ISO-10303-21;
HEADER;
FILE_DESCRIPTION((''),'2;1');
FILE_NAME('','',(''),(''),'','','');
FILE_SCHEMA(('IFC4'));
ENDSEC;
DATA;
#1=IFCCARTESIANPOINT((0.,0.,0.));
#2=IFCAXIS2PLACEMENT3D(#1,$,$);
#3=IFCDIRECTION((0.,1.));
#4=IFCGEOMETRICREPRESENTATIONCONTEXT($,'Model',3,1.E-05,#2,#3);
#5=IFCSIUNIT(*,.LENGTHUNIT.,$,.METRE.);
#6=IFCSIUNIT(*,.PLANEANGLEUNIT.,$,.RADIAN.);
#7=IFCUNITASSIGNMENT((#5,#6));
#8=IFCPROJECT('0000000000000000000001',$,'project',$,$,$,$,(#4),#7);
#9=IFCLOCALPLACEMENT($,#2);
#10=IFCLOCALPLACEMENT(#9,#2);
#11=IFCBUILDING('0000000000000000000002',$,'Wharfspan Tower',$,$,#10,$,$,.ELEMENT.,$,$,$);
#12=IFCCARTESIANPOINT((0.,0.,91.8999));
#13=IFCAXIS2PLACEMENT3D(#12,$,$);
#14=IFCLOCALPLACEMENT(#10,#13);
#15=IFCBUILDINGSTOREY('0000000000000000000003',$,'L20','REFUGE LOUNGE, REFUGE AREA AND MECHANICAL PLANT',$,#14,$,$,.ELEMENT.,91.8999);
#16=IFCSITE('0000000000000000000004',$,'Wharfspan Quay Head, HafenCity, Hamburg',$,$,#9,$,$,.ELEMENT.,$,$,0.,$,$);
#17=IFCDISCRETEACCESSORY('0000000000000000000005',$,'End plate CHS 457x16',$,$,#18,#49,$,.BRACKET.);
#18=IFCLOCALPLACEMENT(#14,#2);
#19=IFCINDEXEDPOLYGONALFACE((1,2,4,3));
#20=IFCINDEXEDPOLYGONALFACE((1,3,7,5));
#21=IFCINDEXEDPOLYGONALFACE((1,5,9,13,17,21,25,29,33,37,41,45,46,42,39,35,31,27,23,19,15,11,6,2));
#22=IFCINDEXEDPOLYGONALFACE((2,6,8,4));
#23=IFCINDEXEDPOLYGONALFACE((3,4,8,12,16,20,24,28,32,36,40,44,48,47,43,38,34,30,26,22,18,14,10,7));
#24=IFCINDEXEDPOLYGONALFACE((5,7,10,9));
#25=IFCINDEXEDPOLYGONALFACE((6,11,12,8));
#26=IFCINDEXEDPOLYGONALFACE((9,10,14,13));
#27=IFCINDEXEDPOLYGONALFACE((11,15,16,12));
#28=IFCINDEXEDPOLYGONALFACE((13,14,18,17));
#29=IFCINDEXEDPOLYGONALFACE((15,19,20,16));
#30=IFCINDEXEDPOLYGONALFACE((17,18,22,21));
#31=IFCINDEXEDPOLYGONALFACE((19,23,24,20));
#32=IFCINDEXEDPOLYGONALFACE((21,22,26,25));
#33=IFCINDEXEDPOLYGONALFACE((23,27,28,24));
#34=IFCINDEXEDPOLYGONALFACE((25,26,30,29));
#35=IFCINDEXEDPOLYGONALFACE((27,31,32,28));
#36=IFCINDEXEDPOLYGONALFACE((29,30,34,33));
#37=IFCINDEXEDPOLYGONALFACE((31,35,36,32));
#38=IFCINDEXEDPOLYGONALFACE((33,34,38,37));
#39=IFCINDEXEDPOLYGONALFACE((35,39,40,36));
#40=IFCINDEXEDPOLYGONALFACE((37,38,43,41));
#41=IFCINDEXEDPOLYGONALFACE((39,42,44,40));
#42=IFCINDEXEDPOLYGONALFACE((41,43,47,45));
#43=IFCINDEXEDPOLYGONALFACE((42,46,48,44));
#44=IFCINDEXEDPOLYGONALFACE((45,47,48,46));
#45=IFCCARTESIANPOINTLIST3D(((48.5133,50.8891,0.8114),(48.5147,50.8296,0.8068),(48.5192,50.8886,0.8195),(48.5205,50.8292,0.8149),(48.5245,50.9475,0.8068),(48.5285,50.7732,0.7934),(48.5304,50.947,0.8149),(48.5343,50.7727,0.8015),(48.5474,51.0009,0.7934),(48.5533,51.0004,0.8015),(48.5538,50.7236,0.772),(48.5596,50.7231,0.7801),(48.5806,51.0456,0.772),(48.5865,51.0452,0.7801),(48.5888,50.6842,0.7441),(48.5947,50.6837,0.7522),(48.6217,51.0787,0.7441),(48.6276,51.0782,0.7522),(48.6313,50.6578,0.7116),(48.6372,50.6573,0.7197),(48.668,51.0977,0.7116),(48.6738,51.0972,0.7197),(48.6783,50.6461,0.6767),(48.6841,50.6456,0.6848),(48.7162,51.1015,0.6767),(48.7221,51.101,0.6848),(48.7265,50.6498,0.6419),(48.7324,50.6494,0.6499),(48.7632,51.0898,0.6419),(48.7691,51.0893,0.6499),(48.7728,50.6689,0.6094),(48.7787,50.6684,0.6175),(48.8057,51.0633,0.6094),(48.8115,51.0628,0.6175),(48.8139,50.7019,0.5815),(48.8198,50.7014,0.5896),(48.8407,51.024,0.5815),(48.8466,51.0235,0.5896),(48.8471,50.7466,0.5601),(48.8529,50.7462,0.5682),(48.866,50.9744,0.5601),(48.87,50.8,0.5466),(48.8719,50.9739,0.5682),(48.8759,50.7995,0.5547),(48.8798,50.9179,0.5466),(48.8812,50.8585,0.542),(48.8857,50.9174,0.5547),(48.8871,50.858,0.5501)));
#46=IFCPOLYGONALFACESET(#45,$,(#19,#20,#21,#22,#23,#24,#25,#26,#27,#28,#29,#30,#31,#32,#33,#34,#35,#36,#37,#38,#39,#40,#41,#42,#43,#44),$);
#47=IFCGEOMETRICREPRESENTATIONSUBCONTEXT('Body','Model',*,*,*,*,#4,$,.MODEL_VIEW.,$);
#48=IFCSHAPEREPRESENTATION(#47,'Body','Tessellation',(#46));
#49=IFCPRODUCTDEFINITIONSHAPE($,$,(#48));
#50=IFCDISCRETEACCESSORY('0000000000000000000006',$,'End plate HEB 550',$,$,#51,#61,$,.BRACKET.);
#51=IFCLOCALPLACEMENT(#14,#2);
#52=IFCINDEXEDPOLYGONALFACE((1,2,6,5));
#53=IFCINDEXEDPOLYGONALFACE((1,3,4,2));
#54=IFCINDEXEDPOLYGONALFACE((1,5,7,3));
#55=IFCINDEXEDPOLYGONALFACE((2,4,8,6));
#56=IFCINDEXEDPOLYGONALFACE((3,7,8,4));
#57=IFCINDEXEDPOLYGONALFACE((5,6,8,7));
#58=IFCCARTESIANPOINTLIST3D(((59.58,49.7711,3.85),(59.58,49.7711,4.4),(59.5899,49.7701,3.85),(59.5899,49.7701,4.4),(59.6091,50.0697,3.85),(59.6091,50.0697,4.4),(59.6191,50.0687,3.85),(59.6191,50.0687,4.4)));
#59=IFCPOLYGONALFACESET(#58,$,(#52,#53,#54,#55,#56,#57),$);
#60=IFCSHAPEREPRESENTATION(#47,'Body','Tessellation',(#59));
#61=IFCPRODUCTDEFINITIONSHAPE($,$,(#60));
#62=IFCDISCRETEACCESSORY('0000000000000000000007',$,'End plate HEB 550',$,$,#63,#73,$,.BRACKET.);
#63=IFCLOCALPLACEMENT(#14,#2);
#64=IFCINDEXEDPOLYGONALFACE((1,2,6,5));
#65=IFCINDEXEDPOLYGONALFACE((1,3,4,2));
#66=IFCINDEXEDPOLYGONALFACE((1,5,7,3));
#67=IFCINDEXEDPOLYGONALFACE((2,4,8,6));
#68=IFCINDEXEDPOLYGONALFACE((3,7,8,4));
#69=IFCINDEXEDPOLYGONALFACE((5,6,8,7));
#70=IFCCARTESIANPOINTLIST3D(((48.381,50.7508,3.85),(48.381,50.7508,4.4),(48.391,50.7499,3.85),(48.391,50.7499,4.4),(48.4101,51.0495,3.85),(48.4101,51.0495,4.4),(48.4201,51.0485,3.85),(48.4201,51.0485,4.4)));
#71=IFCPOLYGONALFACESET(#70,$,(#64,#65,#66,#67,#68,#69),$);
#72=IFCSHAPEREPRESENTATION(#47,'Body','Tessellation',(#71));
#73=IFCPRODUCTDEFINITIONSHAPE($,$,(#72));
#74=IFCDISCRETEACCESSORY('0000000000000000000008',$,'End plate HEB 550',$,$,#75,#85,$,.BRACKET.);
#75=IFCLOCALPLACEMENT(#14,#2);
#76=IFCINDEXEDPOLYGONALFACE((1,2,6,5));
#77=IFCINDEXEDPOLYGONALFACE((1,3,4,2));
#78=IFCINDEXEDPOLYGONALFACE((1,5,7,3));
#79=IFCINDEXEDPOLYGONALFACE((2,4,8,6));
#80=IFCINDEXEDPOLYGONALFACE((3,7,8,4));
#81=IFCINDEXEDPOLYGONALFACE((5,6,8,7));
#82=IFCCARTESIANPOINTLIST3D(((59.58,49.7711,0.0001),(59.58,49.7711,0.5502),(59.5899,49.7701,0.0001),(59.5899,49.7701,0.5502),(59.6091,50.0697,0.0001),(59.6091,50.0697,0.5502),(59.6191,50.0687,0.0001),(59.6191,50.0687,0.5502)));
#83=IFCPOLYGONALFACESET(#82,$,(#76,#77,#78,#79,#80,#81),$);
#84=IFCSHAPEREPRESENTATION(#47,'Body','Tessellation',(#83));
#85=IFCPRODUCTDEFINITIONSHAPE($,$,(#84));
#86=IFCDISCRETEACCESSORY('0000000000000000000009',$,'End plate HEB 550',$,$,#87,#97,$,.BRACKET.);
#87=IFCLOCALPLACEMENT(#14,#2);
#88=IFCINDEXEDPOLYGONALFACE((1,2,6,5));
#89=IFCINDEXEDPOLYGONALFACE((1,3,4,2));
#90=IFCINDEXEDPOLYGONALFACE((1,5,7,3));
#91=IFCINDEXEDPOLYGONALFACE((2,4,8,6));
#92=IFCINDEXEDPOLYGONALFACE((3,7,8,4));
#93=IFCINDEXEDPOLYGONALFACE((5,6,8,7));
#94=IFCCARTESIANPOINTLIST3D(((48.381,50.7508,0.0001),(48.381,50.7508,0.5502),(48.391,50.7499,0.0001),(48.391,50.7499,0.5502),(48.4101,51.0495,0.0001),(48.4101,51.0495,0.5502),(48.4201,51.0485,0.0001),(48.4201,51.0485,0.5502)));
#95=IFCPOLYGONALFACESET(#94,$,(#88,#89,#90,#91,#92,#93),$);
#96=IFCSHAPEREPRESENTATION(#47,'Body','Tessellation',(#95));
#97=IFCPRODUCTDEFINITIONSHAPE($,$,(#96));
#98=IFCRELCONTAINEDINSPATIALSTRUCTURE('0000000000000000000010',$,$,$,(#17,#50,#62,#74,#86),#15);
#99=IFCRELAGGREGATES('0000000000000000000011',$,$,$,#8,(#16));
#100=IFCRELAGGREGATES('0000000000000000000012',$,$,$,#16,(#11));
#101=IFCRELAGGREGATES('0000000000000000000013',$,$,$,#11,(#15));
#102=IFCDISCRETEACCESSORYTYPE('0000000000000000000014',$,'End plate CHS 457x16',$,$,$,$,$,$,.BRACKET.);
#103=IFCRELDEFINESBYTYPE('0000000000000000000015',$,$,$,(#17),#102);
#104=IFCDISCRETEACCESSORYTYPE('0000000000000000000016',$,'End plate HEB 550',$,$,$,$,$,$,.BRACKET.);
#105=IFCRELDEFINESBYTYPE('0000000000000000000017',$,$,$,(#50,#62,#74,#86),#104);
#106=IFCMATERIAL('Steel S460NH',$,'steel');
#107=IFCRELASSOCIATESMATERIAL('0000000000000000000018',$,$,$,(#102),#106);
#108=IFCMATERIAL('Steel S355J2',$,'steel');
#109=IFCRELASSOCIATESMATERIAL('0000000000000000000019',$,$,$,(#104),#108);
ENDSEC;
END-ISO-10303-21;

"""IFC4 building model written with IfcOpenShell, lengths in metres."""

from ifc_helpers import new_model, si_unit, direction, frame, origin, origin_2d, place, context, subcontext, project, spatial, rectangle, circle, extrude, material, material_profile, profile_set, type_object, element, save


model = new_model("IFC4")

# Units and contexts
model_context = context("Model", 3, precision=1e-05, world=origin(), true_north=direction((0.0, 1.0)))
body_context = subcontext(model_context, "Body", "Model", "MODEL_VIEW")
ifc_project = project(units=[si_unit("LENGTHUNIT", "METRE"), si_unit("PLANEANGLEUNIT", "RADIAN")], contexts=[model_context])

# Site, building, storey
site_placement = place(None, origin())
site = spatial("IfcSite", under=ifc_project, at=site_placement, Name="Wharfspan Quay Head, HafenCity, Hamburg", CompositionType="ELEMENT", RefElevation=0.0)
building_placement = place(site_placement, origin())
building = spatial("IfcBuilding", under=site, at=building_placement, Name="Wharfspan Tower", CompositionType="ELEMENT")
storey_placement = place(building_placement, frame((0.0, 0.0, 91.8999)))
storey = spatial("IfcBuildingStorey", under=building, at=storey_placement, Name="L20", Description="REFUGE LOUNGE, REFUGE AREA AND MECHANICAL PLANT", CompositionType="ELEMENT", Elevation=91.8999)

# Shared definitions
ifc_material_1 = material(Name="Steel S355J2", Category="steel")

# Shared definitions
ifc_material_2 = material(Name="Steel S460NH", Category="steel")

# Discrete accessories
ifc_material_profile_1 = material_profile(ifc_material_2, circle(Radius=0.2285, at=origin_2d()))
ifc_profile_set_1 = profile_set([ifc_material_profile_1], Name="Steel S460NH")
discrete_accessory_type_1 = type_object("IfcDiscreteAccessoryType", Name="End plate CHS 457x16", PredefinedType="BRACKET", material=ifc_profile_set_1)
discrete_accessory_1_placement = place(storey_placement, frame((48.7031, 50.8733, 0.6848), z_axis=(-0.587466, 0.048956, -0.807766), x_axis=(-0.083046, -0.996542, 0.0)))
element("IfcDiscreteAccessory", 1, at=discrete_accessory_1_placement, inside=storey, type_object=discrete_accessory_type_1, Name="End plate CHS 457x16", PredefinedType="BRACKET", context=body_context, shape_type="SweptSolid", body=[
    extrude(circle(Radius=0.2285, at=origin_2d()), origin(), (0.0, 0.0, 1.0), 0.01),
])
ifc_material_profile_2 = material_profile(ifc_material_1, rectangle(XDim=0.3, YDim=0.55, at=origin_2d()))
ifc_profile_set_2 = profile_set([ifc_material_profile_2], Name="Steel S355J2")
discrete_accessory_type_2 = type_object("IfcDiscreteAccessoryType", Name="End plate HEB 550", PredefinedType="BRACKET", material=ifc_profile_set_2)
for number, where, z_axis, x_axis, name in (
    (2, (59.6045, 49.9194, 4.125), (-0.995275, 0.0971, 0.0), (-0.0971, -0.995275, 0.0), "End plate HEB 550"),
    (3, (48.4055, 50.8992, 4.125), (-0.995275, 0.0971, 0.0), (-0.0971, -0.995275, 0.0), "End plate HEB 550"),
    (4, (59.6045, 49.9194, 0.2751), (-0.995275, 0.0971, 0.0), (-0.0971, -0.995275, 0.0), "End plate HEB 550"),
    (5, (48.4055, 50.8992, 0.2751), (-0.995275, 0.0971, 0.0), (-0.0971, -0.995275, 0.0), "End plate HEB 550"),
):
    element("IfcDiscreteAccessory", number, at=place(storey_placement, frame(where, z_axis=z_axis, x_axis=x_axis)), inside=storey, type_object=discrete_accessory_type_2, Name=name, PredefinedType="BRACKET", context=body_context, shape_type="SweptSolid", body=[
        extrude(rectangle(XDim=0.3, YDim=0.55, at=origin_2d()), origin(), (0.0, 0.0, 1.0), 0.01),
    ])

save(model, "model.ifc")
